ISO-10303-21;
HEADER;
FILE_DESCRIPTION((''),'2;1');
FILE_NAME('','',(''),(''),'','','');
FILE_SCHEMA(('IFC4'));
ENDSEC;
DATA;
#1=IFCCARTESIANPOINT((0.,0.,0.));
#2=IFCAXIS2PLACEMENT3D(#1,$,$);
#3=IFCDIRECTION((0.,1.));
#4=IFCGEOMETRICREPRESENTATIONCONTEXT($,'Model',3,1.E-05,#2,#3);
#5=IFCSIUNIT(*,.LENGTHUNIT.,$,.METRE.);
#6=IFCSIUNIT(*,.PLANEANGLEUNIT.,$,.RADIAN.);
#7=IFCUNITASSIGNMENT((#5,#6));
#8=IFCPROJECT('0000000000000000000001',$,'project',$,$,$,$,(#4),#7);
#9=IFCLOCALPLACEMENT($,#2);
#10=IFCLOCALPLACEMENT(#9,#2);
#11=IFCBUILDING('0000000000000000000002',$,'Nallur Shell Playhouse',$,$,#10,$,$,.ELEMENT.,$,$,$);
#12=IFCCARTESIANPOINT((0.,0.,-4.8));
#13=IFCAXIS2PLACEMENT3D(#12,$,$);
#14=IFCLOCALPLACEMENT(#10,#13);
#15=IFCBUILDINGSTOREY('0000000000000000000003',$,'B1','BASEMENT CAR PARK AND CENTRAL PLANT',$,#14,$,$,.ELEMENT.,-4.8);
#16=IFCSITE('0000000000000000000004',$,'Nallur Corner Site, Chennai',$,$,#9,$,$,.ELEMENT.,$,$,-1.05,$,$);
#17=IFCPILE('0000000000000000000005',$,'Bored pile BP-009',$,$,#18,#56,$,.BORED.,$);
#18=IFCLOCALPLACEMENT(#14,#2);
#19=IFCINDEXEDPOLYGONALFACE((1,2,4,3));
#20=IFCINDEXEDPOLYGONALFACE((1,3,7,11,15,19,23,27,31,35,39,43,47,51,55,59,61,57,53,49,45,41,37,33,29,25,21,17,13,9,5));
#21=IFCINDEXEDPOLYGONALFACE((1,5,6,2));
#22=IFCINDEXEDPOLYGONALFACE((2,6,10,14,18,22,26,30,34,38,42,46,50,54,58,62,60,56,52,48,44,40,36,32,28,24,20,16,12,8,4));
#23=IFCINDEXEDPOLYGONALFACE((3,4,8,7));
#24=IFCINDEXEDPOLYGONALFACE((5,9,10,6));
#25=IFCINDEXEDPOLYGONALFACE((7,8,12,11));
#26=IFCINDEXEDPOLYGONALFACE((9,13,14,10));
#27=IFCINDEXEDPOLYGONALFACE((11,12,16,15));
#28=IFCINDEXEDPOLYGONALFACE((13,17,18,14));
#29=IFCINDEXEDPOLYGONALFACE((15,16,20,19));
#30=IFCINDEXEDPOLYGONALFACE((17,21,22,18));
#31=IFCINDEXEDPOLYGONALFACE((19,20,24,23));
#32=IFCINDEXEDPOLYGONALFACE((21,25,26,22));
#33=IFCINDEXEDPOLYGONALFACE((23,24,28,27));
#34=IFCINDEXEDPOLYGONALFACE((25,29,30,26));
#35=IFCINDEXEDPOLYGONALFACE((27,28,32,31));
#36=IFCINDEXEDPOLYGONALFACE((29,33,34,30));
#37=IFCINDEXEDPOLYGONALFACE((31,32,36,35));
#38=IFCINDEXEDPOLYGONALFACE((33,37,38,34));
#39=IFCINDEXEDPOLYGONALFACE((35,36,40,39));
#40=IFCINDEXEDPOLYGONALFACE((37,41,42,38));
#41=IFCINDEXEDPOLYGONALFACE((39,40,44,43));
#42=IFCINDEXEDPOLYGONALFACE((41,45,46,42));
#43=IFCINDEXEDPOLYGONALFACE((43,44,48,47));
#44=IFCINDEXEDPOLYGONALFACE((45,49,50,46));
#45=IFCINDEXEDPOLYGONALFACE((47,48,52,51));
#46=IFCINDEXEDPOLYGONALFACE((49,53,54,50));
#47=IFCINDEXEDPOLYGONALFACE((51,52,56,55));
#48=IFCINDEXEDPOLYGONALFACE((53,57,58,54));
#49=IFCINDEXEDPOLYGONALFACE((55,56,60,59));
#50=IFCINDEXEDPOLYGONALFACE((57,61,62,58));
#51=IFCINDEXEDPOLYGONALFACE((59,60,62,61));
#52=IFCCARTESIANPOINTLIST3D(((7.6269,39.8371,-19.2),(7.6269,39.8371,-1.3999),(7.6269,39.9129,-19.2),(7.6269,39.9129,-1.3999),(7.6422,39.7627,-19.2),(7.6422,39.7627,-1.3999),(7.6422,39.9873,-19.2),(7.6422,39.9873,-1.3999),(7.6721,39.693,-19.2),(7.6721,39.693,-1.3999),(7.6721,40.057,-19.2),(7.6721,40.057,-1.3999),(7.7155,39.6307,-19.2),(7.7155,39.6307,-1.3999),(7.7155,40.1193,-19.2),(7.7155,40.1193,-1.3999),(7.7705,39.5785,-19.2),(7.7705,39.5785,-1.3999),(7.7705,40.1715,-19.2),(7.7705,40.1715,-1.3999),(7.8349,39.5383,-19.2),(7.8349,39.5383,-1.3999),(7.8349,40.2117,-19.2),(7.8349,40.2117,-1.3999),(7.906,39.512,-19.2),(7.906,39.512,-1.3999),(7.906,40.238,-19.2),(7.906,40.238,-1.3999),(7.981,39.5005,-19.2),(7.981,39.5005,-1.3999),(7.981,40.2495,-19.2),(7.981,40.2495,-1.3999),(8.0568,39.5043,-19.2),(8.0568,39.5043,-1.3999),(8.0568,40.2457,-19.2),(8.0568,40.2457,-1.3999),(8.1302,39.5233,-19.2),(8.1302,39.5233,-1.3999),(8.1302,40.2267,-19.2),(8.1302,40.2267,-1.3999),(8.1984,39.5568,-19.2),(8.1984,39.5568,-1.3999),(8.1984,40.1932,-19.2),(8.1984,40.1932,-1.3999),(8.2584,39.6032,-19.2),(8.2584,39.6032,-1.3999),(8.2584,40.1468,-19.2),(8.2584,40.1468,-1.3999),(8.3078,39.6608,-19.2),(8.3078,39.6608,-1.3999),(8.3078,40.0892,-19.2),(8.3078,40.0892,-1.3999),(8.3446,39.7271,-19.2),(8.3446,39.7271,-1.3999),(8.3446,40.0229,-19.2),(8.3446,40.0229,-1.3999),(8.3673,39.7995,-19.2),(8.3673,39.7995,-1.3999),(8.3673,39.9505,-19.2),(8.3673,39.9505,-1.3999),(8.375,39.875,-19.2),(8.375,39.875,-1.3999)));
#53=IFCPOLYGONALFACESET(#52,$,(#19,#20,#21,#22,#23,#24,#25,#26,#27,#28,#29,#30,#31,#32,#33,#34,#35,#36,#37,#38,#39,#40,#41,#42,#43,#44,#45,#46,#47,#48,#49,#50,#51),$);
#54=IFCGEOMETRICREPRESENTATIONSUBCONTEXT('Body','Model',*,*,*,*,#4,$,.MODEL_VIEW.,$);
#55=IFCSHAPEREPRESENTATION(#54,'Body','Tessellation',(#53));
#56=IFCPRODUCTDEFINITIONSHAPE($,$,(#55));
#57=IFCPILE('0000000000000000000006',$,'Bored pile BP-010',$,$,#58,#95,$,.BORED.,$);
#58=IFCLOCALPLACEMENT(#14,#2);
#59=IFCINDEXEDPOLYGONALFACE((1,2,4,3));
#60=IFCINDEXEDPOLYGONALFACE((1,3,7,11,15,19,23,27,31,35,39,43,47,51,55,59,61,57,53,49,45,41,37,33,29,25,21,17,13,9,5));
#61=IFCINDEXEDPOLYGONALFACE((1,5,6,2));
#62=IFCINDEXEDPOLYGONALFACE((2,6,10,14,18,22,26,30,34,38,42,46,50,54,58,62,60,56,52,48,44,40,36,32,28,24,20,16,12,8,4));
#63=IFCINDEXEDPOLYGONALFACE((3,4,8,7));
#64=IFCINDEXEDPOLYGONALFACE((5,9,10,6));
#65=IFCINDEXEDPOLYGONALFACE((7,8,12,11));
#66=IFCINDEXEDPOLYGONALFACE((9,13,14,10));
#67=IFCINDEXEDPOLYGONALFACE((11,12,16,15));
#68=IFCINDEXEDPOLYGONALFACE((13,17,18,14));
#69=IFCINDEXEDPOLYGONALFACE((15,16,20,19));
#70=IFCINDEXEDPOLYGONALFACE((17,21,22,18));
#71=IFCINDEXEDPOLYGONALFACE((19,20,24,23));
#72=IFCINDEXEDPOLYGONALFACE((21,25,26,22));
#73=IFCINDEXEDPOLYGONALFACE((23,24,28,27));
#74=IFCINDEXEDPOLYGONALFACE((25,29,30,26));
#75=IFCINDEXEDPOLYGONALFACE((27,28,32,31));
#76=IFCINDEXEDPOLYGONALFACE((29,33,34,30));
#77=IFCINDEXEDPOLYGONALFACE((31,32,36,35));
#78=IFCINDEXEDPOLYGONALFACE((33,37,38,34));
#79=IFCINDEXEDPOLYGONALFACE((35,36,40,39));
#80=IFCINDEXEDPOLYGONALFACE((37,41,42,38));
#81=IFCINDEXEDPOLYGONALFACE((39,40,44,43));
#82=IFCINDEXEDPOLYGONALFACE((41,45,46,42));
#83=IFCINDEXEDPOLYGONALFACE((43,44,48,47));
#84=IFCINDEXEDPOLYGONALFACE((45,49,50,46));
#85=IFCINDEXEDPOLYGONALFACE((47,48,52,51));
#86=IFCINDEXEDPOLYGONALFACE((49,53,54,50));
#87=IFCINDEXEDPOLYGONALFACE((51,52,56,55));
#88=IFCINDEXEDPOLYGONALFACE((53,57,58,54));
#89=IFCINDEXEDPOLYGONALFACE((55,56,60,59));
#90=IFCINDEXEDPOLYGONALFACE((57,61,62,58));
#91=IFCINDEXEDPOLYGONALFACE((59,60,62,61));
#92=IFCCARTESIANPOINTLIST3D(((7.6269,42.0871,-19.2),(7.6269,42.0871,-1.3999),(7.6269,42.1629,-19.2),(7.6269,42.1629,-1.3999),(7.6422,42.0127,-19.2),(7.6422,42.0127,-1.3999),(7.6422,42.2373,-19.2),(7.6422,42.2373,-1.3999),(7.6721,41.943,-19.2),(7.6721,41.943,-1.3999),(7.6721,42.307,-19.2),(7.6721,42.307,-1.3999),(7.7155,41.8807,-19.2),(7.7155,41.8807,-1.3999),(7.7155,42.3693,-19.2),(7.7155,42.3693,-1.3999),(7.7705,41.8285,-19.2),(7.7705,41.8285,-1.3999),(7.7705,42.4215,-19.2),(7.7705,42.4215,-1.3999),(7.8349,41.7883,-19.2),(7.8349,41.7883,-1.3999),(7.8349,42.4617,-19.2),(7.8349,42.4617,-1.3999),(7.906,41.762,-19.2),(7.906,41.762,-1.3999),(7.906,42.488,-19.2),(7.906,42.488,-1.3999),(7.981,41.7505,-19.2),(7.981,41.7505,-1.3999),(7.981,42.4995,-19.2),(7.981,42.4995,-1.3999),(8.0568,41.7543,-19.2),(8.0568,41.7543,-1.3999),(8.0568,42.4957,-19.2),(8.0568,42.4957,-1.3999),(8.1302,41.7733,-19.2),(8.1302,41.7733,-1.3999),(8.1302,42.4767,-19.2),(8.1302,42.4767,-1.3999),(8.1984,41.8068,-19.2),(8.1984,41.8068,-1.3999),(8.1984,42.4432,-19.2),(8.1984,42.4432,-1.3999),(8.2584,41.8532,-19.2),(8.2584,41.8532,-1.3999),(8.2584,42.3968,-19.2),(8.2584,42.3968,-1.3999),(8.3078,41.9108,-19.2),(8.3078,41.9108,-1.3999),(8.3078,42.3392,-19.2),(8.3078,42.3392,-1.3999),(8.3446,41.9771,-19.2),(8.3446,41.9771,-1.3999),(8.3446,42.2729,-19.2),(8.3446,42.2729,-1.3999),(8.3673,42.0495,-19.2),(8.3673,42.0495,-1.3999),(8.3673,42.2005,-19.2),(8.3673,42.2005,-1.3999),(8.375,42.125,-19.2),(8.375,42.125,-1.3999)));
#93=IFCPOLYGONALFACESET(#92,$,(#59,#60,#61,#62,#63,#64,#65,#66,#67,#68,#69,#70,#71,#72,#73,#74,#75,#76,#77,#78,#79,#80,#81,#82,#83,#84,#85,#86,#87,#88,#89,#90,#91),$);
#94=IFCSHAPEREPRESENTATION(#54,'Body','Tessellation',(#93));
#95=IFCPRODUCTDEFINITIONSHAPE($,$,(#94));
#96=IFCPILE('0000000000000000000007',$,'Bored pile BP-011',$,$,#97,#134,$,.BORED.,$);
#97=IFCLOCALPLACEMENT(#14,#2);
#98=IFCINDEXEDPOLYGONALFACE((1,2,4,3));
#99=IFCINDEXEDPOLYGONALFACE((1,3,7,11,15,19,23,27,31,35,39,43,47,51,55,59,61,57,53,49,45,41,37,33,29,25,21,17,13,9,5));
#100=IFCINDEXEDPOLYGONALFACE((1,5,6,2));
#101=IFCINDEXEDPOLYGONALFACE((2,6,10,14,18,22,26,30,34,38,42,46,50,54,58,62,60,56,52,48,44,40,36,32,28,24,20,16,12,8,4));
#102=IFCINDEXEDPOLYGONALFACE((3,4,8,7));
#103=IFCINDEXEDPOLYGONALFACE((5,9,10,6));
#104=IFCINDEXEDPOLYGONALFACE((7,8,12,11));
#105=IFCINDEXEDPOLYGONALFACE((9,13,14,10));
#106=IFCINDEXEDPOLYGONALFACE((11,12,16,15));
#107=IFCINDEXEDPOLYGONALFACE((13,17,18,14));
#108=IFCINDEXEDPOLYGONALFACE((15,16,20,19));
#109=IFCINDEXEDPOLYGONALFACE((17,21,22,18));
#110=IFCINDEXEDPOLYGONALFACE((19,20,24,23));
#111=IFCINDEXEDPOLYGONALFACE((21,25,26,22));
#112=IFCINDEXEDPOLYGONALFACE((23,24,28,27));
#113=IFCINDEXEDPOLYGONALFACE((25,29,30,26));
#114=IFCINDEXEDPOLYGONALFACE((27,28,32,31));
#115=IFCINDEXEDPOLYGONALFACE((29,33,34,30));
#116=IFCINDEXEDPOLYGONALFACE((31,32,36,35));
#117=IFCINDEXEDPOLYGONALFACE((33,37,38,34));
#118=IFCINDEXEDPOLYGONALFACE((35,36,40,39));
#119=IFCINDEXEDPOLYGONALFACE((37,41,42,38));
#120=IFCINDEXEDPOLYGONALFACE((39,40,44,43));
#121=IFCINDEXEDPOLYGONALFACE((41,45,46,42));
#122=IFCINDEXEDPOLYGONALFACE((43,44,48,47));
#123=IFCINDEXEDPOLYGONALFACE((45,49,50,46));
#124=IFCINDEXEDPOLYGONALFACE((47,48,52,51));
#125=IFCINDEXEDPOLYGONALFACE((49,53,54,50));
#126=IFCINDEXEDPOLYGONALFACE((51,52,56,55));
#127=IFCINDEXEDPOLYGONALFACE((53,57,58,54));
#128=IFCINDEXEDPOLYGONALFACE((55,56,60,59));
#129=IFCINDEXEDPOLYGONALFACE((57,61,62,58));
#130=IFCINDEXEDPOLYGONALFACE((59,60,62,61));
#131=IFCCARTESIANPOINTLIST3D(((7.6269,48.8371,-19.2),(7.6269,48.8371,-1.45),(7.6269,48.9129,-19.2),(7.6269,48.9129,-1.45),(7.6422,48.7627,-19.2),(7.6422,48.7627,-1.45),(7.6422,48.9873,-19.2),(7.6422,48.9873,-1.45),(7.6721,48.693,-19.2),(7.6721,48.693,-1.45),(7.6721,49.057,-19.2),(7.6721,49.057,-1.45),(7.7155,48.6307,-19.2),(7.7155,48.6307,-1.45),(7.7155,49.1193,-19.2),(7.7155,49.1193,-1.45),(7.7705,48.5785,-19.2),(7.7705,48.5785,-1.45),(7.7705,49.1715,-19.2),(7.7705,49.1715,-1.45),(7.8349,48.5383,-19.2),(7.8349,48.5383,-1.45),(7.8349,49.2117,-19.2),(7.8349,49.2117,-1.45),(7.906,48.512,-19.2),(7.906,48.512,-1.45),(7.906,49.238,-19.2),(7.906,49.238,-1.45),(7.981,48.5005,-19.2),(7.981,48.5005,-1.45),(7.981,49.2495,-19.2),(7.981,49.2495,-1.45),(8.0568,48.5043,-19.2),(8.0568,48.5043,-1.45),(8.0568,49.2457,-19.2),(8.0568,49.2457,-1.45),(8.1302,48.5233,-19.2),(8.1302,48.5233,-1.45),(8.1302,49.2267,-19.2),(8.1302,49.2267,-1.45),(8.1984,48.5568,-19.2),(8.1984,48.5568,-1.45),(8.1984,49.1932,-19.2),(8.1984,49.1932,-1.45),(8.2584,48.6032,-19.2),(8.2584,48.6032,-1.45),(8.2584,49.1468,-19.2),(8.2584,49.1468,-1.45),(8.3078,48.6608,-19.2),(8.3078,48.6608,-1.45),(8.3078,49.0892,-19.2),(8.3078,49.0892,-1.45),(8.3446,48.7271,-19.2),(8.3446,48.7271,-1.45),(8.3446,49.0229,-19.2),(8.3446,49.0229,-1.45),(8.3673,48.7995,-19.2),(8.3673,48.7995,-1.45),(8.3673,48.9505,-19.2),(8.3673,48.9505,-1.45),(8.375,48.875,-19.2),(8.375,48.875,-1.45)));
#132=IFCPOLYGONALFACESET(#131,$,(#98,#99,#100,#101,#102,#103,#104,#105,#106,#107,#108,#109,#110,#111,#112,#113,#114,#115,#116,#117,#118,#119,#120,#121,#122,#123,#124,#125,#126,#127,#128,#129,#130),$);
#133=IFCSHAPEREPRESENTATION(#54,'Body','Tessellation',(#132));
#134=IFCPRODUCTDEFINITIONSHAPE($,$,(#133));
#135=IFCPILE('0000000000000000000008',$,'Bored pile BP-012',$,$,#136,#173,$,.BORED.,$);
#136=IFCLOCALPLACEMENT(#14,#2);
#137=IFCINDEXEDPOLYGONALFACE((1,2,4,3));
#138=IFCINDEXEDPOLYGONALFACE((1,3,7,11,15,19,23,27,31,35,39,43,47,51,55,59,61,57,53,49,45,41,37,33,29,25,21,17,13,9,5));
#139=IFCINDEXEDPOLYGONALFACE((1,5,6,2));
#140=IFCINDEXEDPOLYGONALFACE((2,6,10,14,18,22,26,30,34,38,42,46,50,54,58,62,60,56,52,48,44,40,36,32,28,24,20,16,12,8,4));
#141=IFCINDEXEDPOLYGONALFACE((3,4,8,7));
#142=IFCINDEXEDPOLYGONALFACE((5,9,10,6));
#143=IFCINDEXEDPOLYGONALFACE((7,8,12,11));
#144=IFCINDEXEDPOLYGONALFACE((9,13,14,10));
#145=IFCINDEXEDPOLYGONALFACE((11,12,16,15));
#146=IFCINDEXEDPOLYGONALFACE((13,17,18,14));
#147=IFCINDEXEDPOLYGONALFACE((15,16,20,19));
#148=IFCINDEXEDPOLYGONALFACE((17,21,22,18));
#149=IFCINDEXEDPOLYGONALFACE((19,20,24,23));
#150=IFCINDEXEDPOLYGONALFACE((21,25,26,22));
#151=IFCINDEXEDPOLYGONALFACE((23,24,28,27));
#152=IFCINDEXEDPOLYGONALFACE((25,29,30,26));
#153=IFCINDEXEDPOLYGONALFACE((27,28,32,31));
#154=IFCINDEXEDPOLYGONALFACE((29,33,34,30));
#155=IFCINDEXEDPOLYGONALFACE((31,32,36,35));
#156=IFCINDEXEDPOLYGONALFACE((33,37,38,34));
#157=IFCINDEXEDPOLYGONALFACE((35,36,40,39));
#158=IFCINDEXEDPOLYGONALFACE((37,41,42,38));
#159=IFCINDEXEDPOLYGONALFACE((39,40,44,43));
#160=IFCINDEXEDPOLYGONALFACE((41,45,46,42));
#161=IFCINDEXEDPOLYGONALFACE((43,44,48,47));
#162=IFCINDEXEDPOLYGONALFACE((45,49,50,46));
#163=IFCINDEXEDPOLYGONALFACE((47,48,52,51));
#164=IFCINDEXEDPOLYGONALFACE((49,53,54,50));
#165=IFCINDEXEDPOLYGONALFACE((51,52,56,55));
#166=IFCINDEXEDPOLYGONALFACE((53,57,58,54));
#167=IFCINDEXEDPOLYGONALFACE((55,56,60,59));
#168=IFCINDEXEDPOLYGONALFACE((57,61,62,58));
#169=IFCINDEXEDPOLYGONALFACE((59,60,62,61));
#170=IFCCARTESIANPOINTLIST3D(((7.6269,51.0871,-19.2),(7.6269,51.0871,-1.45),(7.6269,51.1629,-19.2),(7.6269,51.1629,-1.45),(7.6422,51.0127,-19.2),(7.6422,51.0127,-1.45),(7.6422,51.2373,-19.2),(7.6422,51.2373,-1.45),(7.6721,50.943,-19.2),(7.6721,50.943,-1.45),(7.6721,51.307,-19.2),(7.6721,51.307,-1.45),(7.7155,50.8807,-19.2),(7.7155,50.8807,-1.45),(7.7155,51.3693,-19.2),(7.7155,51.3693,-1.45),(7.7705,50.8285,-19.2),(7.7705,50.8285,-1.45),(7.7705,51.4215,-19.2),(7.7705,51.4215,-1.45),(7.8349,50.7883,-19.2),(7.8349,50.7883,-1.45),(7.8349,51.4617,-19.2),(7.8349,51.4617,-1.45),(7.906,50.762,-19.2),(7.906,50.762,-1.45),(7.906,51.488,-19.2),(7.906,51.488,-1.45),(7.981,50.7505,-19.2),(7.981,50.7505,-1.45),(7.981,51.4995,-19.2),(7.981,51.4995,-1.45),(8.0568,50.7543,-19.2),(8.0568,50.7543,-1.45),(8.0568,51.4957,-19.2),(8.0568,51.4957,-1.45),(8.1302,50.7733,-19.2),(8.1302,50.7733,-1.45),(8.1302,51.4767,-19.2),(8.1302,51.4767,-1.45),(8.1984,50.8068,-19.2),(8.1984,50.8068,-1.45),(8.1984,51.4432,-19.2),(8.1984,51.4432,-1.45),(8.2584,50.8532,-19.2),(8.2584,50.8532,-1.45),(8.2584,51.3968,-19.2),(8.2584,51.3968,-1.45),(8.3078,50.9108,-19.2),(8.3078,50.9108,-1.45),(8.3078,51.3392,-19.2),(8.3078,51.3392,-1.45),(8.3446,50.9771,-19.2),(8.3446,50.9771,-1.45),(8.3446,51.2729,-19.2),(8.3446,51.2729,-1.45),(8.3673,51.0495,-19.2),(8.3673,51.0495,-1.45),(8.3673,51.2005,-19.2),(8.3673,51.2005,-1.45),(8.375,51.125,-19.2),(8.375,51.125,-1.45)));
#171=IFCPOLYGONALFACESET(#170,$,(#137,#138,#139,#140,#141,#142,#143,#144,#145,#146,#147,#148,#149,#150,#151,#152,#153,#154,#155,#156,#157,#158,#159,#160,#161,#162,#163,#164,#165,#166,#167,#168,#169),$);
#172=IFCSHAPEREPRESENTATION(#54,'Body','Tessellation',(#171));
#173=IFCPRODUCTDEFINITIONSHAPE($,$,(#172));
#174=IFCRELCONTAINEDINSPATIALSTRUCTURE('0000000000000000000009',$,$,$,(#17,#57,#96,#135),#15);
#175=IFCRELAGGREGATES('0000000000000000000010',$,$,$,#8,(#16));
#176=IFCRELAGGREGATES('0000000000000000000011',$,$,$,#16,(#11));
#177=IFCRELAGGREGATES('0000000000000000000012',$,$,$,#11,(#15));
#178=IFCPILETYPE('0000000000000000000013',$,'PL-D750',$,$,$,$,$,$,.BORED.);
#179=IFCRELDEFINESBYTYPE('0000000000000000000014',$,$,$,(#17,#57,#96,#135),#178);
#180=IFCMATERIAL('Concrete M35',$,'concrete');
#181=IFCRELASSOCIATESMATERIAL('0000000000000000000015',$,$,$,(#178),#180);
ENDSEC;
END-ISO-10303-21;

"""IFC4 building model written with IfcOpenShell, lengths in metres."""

from ifc_helpers import new_model, si_unit, direction, frame, origin, origin_2d, place, context, subcontext, project, spatial, circle, extrude, material, material_profile, profile_set, type_object, element, save


model = new_model("IFC4")

# Units and contexts
model_context = context("Model", 3, precision=1e-05, world=origin(), true_north=direction((0.0, 1.0)))
body_context = subcontext(model_context, "Body", "Model", "MODEL_VIEW")
ifc_project = project(units=[si_unit("LENGTHUNIT", "METRE"), si_unit("PLANEANGLEUNIT", "RADIAN")], contexts=[model_context])

# Site, building, storey
site_placement = place(None, origin())
site = spatial("IfcSite", under=ifc_project, at=site_placement, Name="Nallur Corner Site, Chennai", CompositionType="ELEMENT", RefElevation=-1.05)
building_placement = place(site_placement, origin())
building = spatial("IfcBuilding", under=site, at=building_placement, Name="Nallur Shell Playhouse", CompositionType="ELEMENT")
storey_placement = place(building_placement, frame((0.0, 0.0, -4.8)))
storey = spatial("IfcBuildingStorey", under=building, at=storey_placement, Name="B1", Description="BASEMENT CAR PARK AND CENTRAL PLANT", CompositionType="ELEMENT", Elevation=-4.8)

# Shared definitions
ifc_material_1 = material(Name="Concrete M35", Category="concrete")

# Piles
ifc_material_profile_1 = material_profile(ifc_material_1, circle(Radius=0.375, at=origin_2d()), Name="BORED PILE D750")
ifc_profile_set_1 = profile_set([ifc_material_profile_1], Name="Concrete M35")
pile_type_1 = type_object("IfcPileType", Name="PL-D750", PredefinedType="BORED", material=ifc_profile_set_1)
for number, where, z_axis, x_axis, name in (
    (1, (8.0, 39.875, -1.3999), (0.0, 0.0, -1.0), (1.0, 0.0, 0.0), "Bored pile BP-009"),
    (2, (8.0, 42.125, -1.3999), (0.0, 0.0, -1.0), (1.0, 0.0, 0.0), "Bored pile BP-010"),
):
    element("IfcPile", number, at=place(storey_placement, frame(where, z_axis=z_axis, x_axis=x_axis)), inside=storey, type_object=pile_type_1, Name=name, PredefinedType="BORED", context=body_context, shape_type="SweptSolid", body=[
        extrude(circle(Radius=0.375, at=origin_2d()), origin(), (0.0, 0.0, 1.0), 17.8),
    ])
for number, where, z_axis, x_axis, name in (
    (3, (8.0, 48.875, -1.45), (0.0, 0.0, -1.0), (1.0, 0.0, 0.0), "Bored pile BP-011"),
    (4, (8.0, 51.125, -1.45), (0.0, 0.0, -1.0), (1.0, 0.0, 0.0), "Bored pile BP-012"),
):
    element("IfcPile", number, at=place(storey_placement, frame(where, z_axis=z_axis, x_axis=x_axis)), inside=storey, type_object=pile_type_1, Name=name, PredefinedType="BORED", context=body_context, shape_type="SweptSolid", body=[
        extrude(circle(Radius=0.375, at=origin_2d()), origin(), (0.0, 0.0, 1.0), 17.75),
    ])

save(model, "model.ifc")
